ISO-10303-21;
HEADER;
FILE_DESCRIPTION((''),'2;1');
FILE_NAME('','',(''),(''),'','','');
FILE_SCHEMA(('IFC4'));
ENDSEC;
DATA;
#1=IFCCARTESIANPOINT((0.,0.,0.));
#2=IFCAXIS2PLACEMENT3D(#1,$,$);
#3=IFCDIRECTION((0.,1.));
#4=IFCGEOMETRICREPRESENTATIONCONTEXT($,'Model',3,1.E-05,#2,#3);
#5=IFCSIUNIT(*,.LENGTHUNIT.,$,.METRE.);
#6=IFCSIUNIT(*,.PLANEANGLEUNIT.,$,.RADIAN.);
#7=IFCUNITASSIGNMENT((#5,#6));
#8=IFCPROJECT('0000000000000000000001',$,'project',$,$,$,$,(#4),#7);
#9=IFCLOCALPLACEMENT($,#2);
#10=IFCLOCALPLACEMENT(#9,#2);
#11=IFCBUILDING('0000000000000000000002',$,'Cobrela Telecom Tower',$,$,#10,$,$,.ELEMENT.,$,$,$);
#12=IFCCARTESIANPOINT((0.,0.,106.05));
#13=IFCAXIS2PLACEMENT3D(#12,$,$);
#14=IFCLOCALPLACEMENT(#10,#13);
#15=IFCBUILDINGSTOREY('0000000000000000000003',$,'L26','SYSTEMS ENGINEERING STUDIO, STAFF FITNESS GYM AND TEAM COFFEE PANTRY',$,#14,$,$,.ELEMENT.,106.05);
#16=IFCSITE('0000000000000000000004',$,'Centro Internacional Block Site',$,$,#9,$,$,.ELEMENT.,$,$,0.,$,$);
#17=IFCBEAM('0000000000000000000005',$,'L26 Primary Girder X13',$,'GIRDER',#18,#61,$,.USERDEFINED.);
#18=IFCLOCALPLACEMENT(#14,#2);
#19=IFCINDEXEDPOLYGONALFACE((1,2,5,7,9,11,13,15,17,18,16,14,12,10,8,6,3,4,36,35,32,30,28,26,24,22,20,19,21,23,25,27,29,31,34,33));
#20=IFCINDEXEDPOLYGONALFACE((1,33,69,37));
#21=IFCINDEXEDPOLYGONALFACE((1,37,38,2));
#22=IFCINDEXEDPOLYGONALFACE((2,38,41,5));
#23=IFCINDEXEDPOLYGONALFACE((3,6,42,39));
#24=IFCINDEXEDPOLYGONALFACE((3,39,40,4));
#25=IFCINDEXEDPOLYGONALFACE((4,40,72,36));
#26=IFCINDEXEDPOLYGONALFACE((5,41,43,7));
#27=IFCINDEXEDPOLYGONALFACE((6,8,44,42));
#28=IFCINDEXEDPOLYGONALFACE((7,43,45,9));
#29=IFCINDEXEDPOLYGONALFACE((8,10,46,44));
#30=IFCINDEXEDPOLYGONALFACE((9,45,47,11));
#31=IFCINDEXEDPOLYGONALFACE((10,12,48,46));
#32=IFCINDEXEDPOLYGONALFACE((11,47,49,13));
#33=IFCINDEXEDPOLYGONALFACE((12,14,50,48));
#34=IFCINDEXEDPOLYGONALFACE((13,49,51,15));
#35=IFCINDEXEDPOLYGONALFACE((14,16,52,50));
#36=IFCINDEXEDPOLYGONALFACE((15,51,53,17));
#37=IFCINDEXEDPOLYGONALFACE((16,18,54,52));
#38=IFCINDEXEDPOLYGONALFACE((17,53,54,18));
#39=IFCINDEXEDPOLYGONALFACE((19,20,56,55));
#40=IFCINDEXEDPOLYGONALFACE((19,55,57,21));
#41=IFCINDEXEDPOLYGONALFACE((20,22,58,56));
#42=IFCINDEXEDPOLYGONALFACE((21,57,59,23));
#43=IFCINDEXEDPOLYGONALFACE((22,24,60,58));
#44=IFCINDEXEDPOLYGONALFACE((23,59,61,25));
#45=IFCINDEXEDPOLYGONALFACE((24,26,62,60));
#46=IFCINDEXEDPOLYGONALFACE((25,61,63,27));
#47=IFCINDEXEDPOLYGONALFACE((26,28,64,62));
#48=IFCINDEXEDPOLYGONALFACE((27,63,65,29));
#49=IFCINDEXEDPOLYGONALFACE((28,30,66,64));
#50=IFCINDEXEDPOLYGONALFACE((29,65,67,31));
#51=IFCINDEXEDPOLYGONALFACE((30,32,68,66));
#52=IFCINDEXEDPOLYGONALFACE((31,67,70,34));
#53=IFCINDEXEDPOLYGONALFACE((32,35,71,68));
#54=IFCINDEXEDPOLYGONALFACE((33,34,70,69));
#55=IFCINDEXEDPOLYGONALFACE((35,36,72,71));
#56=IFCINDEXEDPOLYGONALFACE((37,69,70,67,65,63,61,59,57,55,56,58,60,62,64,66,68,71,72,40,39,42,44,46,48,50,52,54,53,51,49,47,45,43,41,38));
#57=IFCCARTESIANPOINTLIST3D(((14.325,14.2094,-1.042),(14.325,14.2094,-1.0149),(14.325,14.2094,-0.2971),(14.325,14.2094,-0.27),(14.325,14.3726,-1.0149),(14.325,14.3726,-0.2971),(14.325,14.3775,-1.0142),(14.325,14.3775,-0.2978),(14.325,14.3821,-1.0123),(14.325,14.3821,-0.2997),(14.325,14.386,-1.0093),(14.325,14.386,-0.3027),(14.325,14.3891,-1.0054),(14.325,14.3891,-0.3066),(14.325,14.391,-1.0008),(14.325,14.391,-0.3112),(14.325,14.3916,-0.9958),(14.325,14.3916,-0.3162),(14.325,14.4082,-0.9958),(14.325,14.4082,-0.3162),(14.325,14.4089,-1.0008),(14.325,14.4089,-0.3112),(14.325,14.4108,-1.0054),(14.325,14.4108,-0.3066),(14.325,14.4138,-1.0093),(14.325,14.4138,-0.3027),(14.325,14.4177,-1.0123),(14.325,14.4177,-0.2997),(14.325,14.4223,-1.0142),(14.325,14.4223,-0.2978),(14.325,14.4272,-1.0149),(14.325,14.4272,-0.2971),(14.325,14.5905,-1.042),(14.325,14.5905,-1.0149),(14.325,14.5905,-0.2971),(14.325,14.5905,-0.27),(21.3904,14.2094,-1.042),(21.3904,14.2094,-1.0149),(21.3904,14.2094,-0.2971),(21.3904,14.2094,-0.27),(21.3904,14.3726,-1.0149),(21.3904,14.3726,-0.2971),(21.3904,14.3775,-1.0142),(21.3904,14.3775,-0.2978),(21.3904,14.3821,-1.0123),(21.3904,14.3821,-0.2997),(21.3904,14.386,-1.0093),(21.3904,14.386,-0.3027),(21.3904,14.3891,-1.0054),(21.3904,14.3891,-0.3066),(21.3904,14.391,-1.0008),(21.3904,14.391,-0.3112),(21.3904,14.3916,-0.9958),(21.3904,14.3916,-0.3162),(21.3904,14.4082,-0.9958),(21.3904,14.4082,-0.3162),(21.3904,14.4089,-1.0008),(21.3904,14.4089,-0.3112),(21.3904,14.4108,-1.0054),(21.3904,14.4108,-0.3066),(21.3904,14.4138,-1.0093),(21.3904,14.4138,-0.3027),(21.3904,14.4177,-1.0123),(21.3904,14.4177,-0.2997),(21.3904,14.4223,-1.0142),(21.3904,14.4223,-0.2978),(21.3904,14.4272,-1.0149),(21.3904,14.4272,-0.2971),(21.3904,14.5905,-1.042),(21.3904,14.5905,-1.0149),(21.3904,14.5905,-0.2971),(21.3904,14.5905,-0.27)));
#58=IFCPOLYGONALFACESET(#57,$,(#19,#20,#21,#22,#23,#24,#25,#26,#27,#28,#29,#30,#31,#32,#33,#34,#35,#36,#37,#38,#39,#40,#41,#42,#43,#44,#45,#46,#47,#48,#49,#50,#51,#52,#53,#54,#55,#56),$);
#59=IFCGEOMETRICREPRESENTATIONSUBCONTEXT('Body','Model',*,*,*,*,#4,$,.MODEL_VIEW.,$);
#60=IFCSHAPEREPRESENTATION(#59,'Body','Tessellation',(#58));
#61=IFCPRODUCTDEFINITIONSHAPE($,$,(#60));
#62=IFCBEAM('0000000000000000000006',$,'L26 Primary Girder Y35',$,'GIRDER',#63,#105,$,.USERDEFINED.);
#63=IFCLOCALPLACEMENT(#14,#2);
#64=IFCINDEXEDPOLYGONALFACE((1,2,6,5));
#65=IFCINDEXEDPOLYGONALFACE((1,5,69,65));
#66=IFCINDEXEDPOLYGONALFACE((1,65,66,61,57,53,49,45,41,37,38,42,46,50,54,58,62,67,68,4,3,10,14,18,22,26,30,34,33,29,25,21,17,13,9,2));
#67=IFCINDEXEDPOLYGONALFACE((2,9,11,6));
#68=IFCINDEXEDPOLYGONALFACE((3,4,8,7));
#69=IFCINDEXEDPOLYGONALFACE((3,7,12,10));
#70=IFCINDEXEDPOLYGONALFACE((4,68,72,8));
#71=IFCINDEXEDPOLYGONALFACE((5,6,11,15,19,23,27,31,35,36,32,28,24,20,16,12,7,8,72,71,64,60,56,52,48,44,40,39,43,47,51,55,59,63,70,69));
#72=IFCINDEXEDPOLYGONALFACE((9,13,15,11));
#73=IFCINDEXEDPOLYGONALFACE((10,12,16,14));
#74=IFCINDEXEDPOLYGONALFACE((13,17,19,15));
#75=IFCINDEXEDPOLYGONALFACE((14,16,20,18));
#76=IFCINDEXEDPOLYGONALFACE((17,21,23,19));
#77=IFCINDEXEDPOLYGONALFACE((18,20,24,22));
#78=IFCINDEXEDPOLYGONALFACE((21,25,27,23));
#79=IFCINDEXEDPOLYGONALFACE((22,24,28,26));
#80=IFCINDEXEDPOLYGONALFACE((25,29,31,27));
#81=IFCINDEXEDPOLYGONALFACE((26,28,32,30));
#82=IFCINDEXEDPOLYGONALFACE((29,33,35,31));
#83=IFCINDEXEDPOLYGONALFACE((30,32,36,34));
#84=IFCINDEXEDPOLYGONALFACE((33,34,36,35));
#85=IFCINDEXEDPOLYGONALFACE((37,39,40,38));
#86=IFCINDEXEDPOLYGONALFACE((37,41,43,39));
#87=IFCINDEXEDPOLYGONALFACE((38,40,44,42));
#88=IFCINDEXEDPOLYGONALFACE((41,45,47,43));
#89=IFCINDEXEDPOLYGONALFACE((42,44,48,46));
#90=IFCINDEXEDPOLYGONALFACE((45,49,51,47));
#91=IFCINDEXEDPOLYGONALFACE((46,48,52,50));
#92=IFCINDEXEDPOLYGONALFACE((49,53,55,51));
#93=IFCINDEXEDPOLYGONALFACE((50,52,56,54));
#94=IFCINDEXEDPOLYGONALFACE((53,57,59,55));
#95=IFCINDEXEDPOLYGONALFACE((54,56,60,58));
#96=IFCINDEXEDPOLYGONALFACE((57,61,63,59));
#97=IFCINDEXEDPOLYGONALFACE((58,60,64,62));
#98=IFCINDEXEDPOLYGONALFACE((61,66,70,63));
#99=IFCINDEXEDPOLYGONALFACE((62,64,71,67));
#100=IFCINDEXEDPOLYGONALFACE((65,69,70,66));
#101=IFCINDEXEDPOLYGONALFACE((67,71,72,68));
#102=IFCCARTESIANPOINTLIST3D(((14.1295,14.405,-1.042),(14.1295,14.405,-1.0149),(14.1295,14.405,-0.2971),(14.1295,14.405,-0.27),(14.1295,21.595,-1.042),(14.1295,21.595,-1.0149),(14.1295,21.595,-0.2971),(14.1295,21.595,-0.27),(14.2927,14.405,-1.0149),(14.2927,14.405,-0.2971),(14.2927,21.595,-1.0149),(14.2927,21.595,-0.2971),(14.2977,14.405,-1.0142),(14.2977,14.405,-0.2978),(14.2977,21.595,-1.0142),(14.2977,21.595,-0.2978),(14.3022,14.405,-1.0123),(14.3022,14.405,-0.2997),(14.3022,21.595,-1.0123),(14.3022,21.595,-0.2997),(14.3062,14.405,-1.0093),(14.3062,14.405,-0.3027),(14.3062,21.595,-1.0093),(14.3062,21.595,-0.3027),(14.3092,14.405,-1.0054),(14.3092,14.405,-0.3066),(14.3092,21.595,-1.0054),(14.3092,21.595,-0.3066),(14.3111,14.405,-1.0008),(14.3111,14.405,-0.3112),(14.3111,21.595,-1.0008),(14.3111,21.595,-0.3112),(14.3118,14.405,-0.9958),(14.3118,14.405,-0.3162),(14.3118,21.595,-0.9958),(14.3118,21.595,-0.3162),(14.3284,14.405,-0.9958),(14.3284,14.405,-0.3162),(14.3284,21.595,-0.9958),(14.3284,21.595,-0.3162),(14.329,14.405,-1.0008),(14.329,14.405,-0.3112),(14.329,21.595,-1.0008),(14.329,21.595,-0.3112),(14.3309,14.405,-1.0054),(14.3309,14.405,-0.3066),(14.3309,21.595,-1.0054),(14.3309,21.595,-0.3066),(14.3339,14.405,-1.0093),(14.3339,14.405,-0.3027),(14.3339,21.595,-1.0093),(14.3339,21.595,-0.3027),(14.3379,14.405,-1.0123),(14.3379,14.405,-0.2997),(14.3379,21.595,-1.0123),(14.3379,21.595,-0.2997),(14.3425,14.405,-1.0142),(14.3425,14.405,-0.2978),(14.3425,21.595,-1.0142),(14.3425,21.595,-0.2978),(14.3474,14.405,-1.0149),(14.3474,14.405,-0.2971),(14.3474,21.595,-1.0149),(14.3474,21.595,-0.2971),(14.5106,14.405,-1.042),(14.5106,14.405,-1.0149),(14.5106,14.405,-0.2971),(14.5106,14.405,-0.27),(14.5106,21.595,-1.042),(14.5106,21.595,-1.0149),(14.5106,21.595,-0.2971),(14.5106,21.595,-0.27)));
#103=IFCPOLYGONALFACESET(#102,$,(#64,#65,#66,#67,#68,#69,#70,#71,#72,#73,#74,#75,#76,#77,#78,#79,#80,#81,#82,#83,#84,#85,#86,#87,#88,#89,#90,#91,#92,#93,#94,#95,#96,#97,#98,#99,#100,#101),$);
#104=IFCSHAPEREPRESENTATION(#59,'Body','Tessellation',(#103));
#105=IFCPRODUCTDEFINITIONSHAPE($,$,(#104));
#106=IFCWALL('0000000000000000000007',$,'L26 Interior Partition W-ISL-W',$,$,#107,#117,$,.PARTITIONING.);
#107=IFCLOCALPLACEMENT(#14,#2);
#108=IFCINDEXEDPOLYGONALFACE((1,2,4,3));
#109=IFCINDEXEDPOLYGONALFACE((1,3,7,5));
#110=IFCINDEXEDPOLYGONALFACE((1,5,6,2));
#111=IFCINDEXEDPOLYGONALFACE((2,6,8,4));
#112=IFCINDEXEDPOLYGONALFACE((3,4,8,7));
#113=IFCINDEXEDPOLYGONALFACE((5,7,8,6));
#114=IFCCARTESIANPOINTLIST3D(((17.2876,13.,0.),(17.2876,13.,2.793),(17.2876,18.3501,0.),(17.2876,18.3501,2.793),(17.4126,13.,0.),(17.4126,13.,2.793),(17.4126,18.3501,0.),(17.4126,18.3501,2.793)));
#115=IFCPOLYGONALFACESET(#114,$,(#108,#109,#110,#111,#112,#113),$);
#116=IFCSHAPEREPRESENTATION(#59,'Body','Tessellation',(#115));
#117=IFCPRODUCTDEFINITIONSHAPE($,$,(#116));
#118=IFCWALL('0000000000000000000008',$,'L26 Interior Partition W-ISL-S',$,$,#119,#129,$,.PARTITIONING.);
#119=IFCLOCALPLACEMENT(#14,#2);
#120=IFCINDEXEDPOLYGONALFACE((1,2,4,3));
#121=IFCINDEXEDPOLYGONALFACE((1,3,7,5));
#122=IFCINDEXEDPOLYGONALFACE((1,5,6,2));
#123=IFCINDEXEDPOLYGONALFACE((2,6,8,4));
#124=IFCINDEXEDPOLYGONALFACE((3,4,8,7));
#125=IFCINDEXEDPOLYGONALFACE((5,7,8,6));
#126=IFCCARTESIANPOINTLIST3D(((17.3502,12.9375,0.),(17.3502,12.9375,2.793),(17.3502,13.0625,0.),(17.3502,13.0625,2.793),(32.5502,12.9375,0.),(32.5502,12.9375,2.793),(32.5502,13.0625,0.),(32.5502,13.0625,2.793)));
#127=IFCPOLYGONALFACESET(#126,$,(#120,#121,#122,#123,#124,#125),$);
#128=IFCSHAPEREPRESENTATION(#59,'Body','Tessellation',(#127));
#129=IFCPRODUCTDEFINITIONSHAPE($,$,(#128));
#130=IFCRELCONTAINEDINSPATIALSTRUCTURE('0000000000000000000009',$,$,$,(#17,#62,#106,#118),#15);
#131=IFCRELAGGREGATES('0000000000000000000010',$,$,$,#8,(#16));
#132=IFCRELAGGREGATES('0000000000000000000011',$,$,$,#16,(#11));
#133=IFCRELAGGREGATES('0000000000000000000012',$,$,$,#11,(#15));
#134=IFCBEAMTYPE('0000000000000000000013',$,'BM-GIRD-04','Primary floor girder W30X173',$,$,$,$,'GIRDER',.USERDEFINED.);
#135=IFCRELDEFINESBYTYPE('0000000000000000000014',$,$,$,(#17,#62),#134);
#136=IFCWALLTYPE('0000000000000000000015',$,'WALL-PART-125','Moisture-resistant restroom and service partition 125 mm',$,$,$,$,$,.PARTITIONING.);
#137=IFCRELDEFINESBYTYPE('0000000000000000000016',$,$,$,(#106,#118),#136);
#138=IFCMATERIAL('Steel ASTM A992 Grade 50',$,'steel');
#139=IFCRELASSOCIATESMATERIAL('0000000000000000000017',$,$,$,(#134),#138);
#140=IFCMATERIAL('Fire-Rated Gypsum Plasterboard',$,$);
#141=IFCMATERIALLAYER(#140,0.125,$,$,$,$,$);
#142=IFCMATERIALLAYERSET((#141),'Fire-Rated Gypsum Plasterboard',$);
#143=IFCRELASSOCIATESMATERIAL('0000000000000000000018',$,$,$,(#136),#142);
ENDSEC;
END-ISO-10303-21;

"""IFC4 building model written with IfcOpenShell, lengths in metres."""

from ifc_helpers import new_model, si_unit, direction, frame, frame_2d, origin, origin_2d, place, context, subcontext, project, spatial, rectangle, i_section, extrude, material, layer, layer_set, material_profile, profile_set, type_object, element, save


model = new_model("IFC4")

# Units and contexts
model_context = context("Model", 3, precision=1e-05, world=origin(), true_north=direction((0.0, 1.0)))
body_context = subcontext(model_context, "Body", "Model", "MODEL_VIEW")
ifc_project = project(units=[si_unit("LENGTHUNIT", "METRE"), si_unit("PLANEANGLEUNIT", "RADIAN")], contexts=[model_context])

# Site, building, storey
site_placement = place(None, origin())
site = spatial("IfcSite", under=ifc_project, at=site_placement, Name="Centro Internacional Block Site", CompositionType="ELEMENT", RefElevation=0.0)
building_placement = place(site_placement, origin())
building = spatial("IfcBuilding", under=site, at=building_placement, Name="Cobrela Telecom Tower", CompositionType="ELEMENT")
storey_placement = place(building_placement, frame((0.0, 0.0, 106.05)))
storey = spatial("IfcBuildingStorey", under=building, at=storey_placement, Name="L26", Description="SYSTEMS ENGINEERING STUDIO, STAFF FITNESS GYM AND TEAM COFFEE PANTRY", CompositionType="ELEMENT", Elevation=106.05)

# Beams
ifc_material_1 = material(Name="Steel ASTM A992 Grade 50", Category="steel")
ifc_material_profile = material_profile(ifc_material_1, i_section(OverallWidth=0.3811, OverallDepth=0.772, WebThickness=0.0166, FlangeThickness=0.0271, FilletRadius=0.019, at=origin_2d()), Name="W30X173")
ifc_profile_set = profile_set([ifc_material_profile], Name="Steel ASTM A992 Grade 50")
beam_type = type_object("IfcBeamType", Name="BM-GIRD-04", Description="Primary floor girder W30X173", ElementType="GIRDER", PredefinedType="USERDEFINED", material=ifc_profile_set)
beam_1_placement = place(storey_placement, frame((14.325, 14.3999, -0.656), z_axis=(1.0, 0.0, 0.0), x_axis=(0.0, 1.0, 0.0)))
element("IfcBeam", 1, at=beam_1_placement, inside=storey, type_object=beam_type, Name="L26 Primary Girder X13", ObjectType="GIRDER", PredefinedType="USERDEFINED", context=body_context, shape_type="SweptSolid", body=[
    extrude(i_section(OverallWidth=0.3811, OverallDepth=0.772, WebThickness=0.0166, FlangeThickness=0.0271, FilletRadius=0.019, at=origin_2d()), origin(), (0.0, 0.0, 1.0), 7.0654),
])
beam_2_placement = place(storey_placement, frame((14.3201, 14.405, -0.656), z_axis=(0.0, 1.0, 0.0), x_axis=(-1.0, 0.0, 0.0)))
element("IfcBeam", 2, at=beam_2_placement, inside=storey, type_object=beam_type, Name="L26 Primary Girder Y35", ObjectType="GIRDER", PredefinedType="USERDEFINED", context=body_context, shape_type="SweptSolid", body=[
    extrude(i_section(OverallWidth=0.3811, OverallDepth=0.772, WebThickness=0.0166, FlangeThickness=0.0271, FilletRadius=0.019, at=origin_2d()), origin(), (0.0, 0.0, 1.0), 7.1899),
])

# Walls
ifc_material_2 = material(Name="Fire-Rated Gypsum Plasterboard")
ifc_layer_1 = layer(ifc_material_2, 0.125)
ifc_layer_set_1 = layer_set([ifc_layer_1], Name="Fire-Rated Gypsum Plasterboard")
wall_type_1 = type_object("IfcWallType", Name="WALL-PART-125", Description="Moisture-resistant restroom and service partition 125 mm", PredefinedType="PARTITIONING", material=ifc_layer_set_1)
wall_1_placement = place(storey_placement, frame((17.3501, 13.0, 0.0), z_axis=(0.0, 0.0, 1.0), x_axis=(0.0, 1.0, 0.0)))
element("IfcWall", 3, at=wall_1_placement, inside=storey, type_object=wall_type_1, Name="L26 Interior Partition W-ISL-W", PredefinedType="PARTITIONING", context=body_context, shape_type="SweptSolid", body=[
    extrude(rectangle(XDim=5.3501, YDim=0.125, at=frame_2d((2.675, 0.0))), origin(), (0.0, 0.0, 1.0), 2.793),
])
wall_2_placement = place(storey_placement, frame((17.3501, 13.0, 0.0), z_axis=(0.0, 0.0, 1.0), x_axis=(1.0, 0.0, 0.0)))
element("IfcWall", 4, at=wall_2_placement, inside=storey, type_object=wall_type_1, Name="L26 Interior Partition W-ISL-S", PredefinedType="PARTITIONING", context=body_context, shape_type="SweptSolid", body=[
    extrude(rectangle(XDim=15.2, YDim=0.125, at=frame_2d((7.6001, 0.0))), origin(), (0.0, 0.0, 1.0), 2.793),
])

save(model, "model.ifc")
